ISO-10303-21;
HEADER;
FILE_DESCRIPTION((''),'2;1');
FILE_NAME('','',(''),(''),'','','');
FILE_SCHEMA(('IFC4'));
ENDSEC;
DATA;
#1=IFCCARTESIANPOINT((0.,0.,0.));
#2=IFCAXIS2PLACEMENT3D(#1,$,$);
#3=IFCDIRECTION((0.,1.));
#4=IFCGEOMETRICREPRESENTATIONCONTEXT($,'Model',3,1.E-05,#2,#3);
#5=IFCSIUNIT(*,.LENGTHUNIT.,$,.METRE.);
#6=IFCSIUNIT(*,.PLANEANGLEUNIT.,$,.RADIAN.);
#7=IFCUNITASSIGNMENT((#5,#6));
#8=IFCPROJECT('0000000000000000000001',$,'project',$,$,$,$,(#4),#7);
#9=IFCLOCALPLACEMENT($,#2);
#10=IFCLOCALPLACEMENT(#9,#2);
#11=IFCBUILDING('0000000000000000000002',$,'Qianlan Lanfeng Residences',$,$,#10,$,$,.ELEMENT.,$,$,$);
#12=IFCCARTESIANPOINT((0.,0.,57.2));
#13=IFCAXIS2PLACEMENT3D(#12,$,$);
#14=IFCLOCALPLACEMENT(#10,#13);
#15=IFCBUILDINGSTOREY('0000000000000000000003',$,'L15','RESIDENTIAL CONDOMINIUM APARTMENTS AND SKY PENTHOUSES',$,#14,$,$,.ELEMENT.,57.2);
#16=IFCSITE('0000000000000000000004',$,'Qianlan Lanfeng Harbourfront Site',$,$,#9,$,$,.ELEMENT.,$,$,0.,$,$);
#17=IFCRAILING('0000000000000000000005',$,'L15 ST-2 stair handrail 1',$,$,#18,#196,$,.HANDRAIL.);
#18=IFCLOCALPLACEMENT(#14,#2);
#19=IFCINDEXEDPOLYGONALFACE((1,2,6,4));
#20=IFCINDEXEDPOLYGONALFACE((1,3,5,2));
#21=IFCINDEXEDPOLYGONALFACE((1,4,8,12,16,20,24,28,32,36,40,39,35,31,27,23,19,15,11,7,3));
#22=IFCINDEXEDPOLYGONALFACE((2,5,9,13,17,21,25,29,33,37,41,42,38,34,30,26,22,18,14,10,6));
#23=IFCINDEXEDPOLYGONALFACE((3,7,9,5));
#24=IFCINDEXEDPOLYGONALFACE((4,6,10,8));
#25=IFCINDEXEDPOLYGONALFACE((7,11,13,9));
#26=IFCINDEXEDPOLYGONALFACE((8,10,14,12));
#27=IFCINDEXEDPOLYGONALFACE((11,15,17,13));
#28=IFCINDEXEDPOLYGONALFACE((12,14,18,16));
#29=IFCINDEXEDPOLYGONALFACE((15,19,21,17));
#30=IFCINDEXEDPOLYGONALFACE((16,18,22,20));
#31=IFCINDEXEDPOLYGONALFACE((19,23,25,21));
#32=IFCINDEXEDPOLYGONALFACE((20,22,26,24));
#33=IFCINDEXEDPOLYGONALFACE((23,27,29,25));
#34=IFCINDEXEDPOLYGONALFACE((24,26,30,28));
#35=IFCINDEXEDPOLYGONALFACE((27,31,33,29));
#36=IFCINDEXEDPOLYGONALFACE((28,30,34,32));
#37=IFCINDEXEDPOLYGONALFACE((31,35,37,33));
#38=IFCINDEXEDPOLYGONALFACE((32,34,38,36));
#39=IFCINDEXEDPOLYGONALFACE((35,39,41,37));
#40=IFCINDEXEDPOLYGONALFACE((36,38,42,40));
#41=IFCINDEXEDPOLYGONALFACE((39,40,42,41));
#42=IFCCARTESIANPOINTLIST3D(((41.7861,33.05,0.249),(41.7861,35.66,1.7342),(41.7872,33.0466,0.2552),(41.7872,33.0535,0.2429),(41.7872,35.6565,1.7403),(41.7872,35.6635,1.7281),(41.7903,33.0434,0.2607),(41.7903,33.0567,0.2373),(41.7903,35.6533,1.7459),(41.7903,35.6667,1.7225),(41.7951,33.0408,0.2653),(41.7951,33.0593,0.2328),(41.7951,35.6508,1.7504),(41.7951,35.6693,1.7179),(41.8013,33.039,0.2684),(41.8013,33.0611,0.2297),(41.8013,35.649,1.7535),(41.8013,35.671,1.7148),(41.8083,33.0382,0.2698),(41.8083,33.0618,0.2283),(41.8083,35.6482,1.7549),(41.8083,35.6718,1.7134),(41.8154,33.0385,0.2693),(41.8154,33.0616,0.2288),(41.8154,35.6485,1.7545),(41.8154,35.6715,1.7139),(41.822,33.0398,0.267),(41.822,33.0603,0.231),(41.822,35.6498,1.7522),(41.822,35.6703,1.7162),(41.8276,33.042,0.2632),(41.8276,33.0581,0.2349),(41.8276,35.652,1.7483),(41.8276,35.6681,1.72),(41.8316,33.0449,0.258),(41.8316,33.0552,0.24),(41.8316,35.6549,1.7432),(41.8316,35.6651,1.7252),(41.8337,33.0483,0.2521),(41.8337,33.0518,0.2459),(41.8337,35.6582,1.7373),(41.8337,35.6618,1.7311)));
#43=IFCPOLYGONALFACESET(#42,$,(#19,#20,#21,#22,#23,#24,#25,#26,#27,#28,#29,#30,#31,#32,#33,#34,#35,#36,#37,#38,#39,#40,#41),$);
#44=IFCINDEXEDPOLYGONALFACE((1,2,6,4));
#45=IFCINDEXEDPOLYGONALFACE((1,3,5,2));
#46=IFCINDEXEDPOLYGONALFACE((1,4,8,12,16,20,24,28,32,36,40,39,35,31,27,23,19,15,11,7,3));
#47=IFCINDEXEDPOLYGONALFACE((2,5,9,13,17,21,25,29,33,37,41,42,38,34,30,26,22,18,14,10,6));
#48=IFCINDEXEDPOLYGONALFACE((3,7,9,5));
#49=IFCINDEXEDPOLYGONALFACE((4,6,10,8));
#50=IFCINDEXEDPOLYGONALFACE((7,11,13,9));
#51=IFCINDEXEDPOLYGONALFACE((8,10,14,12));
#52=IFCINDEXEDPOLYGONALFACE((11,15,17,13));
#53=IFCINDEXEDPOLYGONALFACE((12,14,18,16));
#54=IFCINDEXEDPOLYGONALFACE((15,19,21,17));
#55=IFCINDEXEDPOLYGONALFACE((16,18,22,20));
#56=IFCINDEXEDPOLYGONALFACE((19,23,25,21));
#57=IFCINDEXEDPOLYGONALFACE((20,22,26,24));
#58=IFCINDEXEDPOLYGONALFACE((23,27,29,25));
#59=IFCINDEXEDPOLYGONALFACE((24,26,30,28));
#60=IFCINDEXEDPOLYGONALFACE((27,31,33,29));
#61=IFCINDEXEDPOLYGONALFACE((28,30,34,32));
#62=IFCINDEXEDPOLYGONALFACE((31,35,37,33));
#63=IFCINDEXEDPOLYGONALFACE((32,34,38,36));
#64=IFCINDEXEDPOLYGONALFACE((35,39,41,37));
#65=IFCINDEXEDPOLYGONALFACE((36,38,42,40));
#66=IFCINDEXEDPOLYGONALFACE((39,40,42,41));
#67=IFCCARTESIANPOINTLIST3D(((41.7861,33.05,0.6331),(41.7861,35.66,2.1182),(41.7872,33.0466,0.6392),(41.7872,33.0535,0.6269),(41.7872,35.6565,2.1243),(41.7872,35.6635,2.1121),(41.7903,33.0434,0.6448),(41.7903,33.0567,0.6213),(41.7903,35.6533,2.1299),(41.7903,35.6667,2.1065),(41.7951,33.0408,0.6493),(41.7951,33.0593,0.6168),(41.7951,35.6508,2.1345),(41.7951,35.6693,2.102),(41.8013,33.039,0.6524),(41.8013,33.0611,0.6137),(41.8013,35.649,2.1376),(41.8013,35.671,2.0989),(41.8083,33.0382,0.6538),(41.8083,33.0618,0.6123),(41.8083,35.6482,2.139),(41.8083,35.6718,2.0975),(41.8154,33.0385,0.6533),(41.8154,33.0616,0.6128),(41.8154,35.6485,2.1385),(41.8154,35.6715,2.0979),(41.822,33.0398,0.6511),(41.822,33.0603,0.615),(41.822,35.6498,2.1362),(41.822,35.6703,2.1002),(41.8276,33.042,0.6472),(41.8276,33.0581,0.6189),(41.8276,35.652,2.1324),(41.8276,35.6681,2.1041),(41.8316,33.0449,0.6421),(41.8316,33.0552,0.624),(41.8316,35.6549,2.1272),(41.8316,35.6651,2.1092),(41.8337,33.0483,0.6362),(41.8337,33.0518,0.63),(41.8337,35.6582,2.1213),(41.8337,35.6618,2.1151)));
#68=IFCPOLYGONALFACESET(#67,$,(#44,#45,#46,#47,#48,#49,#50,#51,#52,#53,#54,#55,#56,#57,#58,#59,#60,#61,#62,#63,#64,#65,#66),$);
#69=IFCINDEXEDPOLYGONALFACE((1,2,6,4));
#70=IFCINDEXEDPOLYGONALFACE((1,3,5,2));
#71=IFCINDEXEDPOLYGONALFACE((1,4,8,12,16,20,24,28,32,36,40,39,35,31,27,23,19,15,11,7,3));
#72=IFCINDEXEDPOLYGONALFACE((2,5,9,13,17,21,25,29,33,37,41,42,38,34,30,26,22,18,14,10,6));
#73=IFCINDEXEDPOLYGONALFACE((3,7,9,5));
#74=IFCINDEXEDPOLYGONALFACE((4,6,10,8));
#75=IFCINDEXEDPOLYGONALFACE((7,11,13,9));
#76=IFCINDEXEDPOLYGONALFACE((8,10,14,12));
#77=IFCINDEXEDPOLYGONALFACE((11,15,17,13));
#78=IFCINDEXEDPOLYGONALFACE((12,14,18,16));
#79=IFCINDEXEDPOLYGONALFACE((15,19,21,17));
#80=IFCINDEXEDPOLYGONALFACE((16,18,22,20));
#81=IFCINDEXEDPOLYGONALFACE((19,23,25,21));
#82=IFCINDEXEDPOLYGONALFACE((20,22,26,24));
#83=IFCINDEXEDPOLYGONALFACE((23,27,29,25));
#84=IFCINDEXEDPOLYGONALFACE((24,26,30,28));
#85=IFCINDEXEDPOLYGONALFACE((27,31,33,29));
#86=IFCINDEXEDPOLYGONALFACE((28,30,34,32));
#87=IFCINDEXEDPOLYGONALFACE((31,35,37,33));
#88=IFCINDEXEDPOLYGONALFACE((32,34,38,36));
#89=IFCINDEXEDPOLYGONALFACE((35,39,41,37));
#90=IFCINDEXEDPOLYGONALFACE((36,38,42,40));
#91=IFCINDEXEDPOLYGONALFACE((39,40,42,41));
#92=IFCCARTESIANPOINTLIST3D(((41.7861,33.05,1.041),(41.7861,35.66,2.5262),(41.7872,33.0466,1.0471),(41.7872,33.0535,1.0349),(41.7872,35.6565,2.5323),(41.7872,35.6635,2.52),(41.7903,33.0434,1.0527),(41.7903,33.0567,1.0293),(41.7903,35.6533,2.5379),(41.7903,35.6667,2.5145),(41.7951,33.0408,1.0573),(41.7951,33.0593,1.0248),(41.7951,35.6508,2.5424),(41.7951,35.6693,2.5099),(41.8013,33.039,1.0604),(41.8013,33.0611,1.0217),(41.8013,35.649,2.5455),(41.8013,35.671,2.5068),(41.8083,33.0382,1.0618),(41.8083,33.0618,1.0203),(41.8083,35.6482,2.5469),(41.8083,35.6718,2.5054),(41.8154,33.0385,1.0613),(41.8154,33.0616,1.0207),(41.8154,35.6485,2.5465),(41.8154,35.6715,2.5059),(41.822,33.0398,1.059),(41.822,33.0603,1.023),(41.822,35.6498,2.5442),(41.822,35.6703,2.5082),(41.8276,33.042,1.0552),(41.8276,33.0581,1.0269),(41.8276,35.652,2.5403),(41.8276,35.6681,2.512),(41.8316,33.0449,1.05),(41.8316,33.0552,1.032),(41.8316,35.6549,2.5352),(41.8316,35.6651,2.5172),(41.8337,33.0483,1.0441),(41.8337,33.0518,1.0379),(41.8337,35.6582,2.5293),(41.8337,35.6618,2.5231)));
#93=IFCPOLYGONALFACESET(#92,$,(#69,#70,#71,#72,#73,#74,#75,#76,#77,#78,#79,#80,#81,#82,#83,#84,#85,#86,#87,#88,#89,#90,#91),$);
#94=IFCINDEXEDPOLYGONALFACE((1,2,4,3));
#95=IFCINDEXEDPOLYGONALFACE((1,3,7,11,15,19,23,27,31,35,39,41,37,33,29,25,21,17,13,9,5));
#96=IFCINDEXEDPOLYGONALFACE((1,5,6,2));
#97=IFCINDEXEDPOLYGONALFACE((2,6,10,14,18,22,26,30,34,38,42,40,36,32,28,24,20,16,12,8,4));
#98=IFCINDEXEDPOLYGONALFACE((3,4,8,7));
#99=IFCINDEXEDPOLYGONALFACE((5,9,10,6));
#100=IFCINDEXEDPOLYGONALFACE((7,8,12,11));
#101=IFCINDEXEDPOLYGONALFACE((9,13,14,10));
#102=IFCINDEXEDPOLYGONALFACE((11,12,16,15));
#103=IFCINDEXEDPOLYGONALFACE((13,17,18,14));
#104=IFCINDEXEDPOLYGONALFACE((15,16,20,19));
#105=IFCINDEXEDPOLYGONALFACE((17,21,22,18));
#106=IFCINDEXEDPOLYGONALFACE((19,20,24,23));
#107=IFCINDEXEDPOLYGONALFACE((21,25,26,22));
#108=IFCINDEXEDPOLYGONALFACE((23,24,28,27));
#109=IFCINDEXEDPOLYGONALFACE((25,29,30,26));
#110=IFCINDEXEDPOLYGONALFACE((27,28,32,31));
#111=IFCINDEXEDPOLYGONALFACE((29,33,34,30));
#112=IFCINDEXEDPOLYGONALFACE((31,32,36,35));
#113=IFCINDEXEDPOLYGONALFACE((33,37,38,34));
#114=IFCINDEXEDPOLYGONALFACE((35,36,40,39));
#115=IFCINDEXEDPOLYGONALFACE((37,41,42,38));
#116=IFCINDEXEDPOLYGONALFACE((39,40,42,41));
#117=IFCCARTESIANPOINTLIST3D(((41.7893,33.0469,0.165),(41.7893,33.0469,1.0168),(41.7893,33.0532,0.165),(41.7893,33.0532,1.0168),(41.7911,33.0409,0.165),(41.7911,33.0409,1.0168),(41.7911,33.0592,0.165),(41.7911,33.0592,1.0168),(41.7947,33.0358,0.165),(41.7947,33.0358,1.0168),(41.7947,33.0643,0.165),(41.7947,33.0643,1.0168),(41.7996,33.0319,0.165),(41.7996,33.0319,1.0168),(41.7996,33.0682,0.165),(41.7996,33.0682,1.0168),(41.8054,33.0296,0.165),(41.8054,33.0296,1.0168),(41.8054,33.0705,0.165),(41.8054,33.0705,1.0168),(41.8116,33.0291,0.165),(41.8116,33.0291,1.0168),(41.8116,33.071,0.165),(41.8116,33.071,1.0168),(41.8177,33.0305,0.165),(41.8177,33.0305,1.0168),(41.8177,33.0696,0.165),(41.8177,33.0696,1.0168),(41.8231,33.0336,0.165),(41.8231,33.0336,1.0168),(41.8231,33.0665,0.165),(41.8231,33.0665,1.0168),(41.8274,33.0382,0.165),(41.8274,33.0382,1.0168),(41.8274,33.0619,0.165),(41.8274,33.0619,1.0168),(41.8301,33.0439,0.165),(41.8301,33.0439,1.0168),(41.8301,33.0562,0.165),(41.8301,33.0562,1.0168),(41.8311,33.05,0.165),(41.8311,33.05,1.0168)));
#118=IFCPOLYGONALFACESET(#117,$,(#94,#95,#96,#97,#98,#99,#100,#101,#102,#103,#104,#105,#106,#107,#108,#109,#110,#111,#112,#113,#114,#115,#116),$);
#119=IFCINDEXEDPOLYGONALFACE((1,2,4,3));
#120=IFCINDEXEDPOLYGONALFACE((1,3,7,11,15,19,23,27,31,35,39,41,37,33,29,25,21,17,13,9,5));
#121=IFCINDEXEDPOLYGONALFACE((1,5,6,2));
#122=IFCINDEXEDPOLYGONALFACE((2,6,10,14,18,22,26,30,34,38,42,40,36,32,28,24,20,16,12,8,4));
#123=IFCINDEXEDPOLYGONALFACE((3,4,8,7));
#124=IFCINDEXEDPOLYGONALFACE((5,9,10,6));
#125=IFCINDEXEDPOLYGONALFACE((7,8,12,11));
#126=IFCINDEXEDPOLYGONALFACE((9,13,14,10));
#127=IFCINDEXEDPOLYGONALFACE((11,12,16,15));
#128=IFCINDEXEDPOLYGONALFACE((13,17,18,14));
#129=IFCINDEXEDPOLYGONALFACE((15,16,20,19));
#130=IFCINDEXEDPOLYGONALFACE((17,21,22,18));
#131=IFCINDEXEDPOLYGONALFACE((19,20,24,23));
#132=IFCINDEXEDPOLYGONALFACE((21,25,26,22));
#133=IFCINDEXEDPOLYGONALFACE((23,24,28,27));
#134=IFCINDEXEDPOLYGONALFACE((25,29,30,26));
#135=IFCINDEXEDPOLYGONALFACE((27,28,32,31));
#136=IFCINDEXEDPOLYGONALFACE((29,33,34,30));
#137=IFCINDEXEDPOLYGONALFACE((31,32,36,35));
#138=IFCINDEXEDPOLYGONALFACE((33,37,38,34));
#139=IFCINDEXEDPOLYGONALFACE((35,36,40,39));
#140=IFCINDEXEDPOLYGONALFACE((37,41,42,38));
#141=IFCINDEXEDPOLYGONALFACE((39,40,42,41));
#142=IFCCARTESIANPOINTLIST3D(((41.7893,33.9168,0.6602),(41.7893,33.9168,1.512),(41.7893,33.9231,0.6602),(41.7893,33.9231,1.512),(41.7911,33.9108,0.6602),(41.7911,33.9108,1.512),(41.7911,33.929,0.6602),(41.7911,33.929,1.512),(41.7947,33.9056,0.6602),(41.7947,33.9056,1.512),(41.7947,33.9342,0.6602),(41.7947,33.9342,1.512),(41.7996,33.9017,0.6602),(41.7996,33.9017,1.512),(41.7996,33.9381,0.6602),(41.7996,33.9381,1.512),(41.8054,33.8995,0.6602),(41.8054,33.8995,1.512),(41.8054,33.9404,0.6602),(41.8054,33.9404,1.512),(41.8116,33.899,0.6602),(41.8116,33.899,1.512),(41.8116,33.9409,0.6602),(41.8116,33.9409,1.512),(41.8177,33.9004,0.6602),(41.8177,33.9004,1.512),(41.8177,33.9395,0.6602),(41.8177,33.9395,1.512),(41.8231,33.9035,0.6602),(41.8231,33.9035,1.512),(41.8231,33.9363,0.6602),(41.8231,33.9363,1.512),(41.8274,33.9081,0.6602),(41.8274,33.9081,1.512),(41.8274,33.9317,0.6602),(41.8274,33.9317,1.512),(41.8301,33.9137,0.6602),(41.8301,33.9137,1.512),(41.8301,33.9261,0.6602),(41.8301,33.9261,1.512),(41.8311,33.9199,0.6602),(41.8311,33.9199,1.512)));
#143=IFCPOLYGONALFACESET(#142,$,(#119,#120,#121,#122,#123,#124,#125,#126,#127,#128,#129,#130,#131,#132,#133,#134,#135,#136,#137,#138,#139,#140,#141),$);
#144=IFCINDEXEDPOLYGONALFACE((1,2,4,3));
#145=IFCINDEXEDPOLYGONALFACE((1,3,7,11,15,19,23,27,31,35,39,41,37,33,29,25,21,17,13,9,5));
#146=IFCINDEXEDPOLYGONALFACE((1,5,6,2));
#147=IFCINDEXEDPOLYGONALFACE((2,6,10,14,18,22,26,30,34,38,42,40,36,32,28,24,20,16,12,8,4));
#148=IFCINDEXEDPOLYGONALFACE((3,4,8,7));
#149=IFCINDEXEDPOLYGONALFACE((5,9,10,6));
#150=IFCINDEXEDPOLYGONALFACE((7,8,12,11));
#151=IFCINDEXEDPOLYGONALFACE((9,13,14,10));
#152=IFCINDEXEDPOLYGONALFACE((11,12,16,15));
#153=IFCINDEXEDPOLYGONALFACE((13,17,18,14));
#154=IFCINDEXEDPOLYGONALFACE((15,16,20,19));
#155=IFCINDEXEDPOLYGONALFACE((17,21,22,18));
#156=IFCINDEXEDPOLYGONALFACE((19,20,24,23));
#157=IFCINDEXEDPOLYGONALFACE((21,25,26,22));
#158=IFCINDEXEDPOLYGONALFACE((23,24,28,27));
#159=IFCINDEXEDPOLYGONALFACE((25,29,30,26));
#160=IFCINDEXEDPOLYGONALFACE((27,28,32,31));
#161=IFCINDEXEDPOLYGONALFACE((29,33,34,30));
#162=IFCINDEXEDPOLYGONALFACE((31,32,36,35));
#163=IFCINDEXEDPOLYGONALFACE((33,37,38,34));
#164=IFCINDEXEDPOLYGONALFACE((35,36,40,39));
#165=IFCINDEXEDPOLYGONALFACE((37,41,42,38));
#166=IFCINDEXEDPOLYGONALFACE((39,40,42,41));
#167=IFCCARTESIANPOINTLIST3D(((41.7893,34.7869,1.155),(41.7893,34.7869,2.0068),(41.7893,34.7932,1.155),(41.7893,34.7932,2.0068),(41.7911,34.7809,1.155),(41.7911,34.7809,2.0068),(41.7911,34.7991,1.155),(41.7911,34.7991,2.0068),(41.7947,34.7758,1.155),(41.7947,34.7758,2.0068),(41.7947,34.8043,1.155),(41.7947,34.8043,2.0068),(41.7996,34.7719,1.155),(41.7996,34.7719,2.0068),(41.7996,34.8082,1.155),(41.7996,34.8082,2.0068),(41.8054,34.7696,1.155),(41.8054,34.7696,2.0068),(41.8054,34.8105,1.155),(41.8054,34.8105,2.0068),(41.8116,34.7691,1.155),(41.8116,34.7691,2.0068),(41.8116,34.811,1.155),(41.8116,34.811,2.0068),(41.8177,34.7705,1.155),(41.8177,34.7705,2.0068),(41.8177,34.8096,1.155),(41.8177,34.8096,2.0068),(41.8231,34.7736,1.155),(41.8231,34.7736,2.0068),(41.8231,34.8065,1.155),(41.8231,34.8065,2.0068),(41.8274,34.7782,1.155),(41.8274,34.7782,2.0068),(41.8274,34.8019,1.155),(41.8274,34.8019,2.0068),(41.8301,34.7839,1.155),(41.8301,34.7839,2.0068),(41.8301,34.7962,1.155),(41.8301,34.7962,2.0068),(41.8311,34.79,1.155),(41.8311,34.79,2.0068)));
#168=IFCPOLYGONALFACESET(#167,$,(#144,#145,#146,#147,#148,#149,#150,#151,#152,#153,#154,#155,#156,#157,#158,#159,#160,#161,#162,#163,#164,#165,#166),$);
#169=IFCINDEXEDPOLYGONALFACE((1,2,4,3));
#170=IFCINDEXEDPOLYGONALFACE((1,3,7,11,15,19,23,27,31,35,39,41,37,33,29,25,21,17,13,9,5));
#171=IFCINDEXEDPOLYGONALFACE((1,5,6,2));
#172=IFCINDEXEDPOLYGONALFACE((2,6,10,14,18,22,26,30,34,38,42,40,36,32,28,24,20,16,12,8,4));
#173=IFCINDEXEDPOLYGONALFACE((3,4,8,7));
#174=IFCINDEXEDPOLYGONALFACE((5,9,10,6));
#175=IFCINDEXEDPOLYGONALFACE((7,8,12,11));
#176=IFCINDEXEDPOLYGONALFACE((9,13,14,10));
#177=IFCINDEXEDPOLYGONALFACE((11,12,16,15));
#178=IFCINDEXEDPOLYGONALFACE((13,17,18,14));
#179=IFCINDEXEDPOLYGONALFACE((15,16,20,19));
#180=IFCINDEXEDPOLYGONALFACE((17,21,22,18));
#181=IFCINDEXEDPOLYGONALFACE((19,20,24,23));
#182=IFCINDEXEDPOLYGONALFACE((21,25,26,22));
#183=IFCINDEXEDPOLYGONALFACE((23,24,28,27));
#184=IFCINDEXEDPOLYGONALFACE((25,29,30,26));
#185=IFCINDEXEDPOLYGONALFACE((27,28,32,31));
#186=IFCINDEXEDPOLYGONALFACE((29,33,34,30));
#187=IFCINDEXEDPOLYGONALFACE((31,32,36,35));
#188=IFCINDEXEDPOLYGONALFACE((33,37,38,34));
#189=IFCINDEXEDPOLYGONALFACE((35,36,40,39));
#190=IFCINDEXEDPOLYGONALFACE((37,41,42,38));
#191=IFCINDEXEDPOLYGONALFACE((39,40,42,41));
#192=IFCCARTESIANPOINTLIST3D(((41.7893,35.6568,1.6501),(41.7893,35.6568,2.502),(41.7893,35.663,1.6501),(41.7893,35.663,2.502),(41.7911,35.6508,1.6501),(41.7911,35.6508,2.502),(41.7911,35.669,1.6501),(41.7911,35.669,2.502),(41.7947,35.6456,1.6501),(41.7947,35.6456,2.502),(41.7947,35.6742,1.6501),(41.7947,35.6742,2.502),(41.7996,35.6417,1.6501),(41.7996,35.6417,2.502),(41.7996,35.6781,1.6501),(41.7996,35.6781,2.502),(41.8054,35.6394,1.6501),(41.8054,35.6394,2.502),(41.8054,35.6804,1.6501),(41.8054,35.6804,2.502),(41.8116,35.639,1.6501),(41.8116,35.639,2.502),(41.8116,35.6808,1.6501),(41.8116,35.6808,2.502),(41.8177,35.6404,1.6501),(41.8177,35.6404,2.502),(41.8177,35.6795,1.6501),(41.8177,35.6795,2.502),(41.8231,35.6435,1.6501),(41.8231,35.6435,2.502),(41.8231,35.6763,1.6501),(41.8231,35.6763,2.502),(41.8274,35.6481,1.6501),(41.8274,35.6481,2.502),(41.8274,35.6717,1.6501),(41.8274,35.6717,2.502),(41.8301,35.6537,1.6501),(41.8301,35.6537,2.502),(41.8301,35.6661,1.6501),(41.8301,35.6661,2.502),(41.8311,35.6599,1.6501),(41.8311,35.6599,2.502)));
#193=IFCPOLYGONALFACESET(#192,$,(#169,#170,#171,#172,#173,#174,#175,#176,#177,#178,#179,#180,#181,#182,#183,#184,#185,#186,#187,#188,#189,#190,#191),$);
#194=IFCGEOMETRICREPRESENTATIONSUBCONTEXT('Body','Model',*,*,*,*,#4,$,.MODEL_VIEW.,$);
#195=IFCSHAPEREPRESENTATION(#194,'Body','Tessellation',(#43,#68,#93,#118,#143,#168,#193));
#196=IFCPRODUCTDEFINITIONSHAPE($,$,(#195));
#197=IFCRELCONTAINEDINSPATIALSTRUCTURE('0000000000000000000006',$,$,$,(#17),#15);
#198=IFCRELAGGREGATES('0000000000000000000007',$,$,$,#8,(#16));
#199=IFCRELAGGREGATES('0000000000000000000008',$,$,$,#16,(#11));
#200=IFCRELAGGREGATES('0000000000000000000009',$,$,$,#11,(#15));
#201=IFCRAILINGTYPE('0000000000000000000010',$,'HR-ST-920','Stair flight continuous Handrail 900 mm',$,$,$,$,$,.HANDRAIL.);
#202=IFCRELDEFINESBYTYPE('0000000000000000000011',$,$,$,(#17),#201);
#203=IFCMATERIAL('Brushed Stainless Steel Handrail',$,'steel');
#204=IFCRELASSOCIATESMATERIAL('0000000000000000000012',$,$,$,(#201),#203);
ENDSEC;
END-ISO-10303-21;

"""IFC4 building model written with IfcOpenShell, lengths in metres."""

from ifc_helpers import new_model, si_unit, direction, frame, origin, origin_2d, place, context, subcontext, project, spatial, circle, extrude, material, type_object, element, save


model = new_model("IFC4")

# Units and contexts
model_context = context("Model", 3, precision=1e-05, world=origin(), true_north=direction((0.0, 1.0)))
body_context = subcontext(model_context, "Body", "Model", "MODEL_VIEW")
ifc_project = project(units=[si_unit("LENGTHUNIT", "METRE"), si_unit("PLANEANGLEUNIT", "RADIAN")], contexts=[model_context])

# Site, building, storey
site_placement = place(None, origin())
site = spatial("IfcSite", under=ifc_project, at=site_placement, Name="Qianlan Lanfeng Harbourfront Site", CompositionType="ELEMENT", RefElevation=0.0)
building_placement = place(site_placement, origin())
building = spatial("IfcBuilding", under=site, at=building_placement, Name="Qianlan Lanfeng Residences", CompositionType="ELEMENT")
storey_placement = place(building_placement, frame((0.0, 0.0, 57.2)))
storey = spatial("IfcBuildingStorey", under=building, at=storey_placement, Name="L15", Description="RESIDENTIAL CONDOMINIUM APARTMENTS AND SKY PENTHOUSES", CompositionType="ELEMENT", Elevation=57.2)

# Railing
ifc_material_1 = material(Name="Brushed Stainless Steel Handrail", Category="steel")
railing_type_1 = type_object("IfcRailingType", Name="HR-ST-920", Description="Stair flight continuous Handrail 900 mm", PredefinedType="HANDRAIL", material=ifc_material_1)
railing_1_placement = place(storey_placement, frame((41.8101, 33.05, 0.165)))
element("IfcRailing", 1, at=railing_1_placement, inside=storey, type_object=railing_type_1, Name="L15 ST-2 stair handrail 1", PredefinedType="HANDRAIL", context=body_context, shape_type="SweptSolid", body=[
    extrude(circle(Radius=0.0239, at=origin_2d()), frame((0.0, 0.0, 0.084), z_axis=(0.0, 0.869137, 0.494571), x_axis=(-1.0, 0.0, 0.0)), (0.0, 0.0, 1.0), 3.0029),
    extrude(circle(Radius=0.0239, at=origin_2d()), frame((0.0, 0.0, 0.468), z_axis=(0.0, 0.869137, 0.494571), x_axis=(-1.0, 0.0, 0.0)), (0.0, 0.0, 1.0), 3.0029),
    extrude(circle(Radius=0.0239, at=origin_2d()), frame((0.0, 0.0, 0.876), z_axis=(0.0, 0.869137, 0.494571), x_axis=(-1.0, 0.0, 0.0)), (0.0, 0.0, 1.0), 3.0029),
    extrude(circle(Radius=0.021, at=origin_2d()), origin(), (0.0, 0.0, 1.0), 0.8518),
    extrude(circle(Radius=0.021, at=origin_2d()), frame((0.0, 0.8699, 0.4951)), (0.0, 0.0, 1.0), 0.8518),
    extrude(circle(Radius=0.021, at=origin_2d()), frame((0.0, 1.74, 0.99)), (0.0, 0.0, 1.0), 0.8518),
    extrude(circle(Radius=0.021, at=origin_2d()), frame((0.0, 2.6099, 1.4851)), (0.0, 0.0, 1.0), 0.8518),
])

save(model, "model.ifc")
